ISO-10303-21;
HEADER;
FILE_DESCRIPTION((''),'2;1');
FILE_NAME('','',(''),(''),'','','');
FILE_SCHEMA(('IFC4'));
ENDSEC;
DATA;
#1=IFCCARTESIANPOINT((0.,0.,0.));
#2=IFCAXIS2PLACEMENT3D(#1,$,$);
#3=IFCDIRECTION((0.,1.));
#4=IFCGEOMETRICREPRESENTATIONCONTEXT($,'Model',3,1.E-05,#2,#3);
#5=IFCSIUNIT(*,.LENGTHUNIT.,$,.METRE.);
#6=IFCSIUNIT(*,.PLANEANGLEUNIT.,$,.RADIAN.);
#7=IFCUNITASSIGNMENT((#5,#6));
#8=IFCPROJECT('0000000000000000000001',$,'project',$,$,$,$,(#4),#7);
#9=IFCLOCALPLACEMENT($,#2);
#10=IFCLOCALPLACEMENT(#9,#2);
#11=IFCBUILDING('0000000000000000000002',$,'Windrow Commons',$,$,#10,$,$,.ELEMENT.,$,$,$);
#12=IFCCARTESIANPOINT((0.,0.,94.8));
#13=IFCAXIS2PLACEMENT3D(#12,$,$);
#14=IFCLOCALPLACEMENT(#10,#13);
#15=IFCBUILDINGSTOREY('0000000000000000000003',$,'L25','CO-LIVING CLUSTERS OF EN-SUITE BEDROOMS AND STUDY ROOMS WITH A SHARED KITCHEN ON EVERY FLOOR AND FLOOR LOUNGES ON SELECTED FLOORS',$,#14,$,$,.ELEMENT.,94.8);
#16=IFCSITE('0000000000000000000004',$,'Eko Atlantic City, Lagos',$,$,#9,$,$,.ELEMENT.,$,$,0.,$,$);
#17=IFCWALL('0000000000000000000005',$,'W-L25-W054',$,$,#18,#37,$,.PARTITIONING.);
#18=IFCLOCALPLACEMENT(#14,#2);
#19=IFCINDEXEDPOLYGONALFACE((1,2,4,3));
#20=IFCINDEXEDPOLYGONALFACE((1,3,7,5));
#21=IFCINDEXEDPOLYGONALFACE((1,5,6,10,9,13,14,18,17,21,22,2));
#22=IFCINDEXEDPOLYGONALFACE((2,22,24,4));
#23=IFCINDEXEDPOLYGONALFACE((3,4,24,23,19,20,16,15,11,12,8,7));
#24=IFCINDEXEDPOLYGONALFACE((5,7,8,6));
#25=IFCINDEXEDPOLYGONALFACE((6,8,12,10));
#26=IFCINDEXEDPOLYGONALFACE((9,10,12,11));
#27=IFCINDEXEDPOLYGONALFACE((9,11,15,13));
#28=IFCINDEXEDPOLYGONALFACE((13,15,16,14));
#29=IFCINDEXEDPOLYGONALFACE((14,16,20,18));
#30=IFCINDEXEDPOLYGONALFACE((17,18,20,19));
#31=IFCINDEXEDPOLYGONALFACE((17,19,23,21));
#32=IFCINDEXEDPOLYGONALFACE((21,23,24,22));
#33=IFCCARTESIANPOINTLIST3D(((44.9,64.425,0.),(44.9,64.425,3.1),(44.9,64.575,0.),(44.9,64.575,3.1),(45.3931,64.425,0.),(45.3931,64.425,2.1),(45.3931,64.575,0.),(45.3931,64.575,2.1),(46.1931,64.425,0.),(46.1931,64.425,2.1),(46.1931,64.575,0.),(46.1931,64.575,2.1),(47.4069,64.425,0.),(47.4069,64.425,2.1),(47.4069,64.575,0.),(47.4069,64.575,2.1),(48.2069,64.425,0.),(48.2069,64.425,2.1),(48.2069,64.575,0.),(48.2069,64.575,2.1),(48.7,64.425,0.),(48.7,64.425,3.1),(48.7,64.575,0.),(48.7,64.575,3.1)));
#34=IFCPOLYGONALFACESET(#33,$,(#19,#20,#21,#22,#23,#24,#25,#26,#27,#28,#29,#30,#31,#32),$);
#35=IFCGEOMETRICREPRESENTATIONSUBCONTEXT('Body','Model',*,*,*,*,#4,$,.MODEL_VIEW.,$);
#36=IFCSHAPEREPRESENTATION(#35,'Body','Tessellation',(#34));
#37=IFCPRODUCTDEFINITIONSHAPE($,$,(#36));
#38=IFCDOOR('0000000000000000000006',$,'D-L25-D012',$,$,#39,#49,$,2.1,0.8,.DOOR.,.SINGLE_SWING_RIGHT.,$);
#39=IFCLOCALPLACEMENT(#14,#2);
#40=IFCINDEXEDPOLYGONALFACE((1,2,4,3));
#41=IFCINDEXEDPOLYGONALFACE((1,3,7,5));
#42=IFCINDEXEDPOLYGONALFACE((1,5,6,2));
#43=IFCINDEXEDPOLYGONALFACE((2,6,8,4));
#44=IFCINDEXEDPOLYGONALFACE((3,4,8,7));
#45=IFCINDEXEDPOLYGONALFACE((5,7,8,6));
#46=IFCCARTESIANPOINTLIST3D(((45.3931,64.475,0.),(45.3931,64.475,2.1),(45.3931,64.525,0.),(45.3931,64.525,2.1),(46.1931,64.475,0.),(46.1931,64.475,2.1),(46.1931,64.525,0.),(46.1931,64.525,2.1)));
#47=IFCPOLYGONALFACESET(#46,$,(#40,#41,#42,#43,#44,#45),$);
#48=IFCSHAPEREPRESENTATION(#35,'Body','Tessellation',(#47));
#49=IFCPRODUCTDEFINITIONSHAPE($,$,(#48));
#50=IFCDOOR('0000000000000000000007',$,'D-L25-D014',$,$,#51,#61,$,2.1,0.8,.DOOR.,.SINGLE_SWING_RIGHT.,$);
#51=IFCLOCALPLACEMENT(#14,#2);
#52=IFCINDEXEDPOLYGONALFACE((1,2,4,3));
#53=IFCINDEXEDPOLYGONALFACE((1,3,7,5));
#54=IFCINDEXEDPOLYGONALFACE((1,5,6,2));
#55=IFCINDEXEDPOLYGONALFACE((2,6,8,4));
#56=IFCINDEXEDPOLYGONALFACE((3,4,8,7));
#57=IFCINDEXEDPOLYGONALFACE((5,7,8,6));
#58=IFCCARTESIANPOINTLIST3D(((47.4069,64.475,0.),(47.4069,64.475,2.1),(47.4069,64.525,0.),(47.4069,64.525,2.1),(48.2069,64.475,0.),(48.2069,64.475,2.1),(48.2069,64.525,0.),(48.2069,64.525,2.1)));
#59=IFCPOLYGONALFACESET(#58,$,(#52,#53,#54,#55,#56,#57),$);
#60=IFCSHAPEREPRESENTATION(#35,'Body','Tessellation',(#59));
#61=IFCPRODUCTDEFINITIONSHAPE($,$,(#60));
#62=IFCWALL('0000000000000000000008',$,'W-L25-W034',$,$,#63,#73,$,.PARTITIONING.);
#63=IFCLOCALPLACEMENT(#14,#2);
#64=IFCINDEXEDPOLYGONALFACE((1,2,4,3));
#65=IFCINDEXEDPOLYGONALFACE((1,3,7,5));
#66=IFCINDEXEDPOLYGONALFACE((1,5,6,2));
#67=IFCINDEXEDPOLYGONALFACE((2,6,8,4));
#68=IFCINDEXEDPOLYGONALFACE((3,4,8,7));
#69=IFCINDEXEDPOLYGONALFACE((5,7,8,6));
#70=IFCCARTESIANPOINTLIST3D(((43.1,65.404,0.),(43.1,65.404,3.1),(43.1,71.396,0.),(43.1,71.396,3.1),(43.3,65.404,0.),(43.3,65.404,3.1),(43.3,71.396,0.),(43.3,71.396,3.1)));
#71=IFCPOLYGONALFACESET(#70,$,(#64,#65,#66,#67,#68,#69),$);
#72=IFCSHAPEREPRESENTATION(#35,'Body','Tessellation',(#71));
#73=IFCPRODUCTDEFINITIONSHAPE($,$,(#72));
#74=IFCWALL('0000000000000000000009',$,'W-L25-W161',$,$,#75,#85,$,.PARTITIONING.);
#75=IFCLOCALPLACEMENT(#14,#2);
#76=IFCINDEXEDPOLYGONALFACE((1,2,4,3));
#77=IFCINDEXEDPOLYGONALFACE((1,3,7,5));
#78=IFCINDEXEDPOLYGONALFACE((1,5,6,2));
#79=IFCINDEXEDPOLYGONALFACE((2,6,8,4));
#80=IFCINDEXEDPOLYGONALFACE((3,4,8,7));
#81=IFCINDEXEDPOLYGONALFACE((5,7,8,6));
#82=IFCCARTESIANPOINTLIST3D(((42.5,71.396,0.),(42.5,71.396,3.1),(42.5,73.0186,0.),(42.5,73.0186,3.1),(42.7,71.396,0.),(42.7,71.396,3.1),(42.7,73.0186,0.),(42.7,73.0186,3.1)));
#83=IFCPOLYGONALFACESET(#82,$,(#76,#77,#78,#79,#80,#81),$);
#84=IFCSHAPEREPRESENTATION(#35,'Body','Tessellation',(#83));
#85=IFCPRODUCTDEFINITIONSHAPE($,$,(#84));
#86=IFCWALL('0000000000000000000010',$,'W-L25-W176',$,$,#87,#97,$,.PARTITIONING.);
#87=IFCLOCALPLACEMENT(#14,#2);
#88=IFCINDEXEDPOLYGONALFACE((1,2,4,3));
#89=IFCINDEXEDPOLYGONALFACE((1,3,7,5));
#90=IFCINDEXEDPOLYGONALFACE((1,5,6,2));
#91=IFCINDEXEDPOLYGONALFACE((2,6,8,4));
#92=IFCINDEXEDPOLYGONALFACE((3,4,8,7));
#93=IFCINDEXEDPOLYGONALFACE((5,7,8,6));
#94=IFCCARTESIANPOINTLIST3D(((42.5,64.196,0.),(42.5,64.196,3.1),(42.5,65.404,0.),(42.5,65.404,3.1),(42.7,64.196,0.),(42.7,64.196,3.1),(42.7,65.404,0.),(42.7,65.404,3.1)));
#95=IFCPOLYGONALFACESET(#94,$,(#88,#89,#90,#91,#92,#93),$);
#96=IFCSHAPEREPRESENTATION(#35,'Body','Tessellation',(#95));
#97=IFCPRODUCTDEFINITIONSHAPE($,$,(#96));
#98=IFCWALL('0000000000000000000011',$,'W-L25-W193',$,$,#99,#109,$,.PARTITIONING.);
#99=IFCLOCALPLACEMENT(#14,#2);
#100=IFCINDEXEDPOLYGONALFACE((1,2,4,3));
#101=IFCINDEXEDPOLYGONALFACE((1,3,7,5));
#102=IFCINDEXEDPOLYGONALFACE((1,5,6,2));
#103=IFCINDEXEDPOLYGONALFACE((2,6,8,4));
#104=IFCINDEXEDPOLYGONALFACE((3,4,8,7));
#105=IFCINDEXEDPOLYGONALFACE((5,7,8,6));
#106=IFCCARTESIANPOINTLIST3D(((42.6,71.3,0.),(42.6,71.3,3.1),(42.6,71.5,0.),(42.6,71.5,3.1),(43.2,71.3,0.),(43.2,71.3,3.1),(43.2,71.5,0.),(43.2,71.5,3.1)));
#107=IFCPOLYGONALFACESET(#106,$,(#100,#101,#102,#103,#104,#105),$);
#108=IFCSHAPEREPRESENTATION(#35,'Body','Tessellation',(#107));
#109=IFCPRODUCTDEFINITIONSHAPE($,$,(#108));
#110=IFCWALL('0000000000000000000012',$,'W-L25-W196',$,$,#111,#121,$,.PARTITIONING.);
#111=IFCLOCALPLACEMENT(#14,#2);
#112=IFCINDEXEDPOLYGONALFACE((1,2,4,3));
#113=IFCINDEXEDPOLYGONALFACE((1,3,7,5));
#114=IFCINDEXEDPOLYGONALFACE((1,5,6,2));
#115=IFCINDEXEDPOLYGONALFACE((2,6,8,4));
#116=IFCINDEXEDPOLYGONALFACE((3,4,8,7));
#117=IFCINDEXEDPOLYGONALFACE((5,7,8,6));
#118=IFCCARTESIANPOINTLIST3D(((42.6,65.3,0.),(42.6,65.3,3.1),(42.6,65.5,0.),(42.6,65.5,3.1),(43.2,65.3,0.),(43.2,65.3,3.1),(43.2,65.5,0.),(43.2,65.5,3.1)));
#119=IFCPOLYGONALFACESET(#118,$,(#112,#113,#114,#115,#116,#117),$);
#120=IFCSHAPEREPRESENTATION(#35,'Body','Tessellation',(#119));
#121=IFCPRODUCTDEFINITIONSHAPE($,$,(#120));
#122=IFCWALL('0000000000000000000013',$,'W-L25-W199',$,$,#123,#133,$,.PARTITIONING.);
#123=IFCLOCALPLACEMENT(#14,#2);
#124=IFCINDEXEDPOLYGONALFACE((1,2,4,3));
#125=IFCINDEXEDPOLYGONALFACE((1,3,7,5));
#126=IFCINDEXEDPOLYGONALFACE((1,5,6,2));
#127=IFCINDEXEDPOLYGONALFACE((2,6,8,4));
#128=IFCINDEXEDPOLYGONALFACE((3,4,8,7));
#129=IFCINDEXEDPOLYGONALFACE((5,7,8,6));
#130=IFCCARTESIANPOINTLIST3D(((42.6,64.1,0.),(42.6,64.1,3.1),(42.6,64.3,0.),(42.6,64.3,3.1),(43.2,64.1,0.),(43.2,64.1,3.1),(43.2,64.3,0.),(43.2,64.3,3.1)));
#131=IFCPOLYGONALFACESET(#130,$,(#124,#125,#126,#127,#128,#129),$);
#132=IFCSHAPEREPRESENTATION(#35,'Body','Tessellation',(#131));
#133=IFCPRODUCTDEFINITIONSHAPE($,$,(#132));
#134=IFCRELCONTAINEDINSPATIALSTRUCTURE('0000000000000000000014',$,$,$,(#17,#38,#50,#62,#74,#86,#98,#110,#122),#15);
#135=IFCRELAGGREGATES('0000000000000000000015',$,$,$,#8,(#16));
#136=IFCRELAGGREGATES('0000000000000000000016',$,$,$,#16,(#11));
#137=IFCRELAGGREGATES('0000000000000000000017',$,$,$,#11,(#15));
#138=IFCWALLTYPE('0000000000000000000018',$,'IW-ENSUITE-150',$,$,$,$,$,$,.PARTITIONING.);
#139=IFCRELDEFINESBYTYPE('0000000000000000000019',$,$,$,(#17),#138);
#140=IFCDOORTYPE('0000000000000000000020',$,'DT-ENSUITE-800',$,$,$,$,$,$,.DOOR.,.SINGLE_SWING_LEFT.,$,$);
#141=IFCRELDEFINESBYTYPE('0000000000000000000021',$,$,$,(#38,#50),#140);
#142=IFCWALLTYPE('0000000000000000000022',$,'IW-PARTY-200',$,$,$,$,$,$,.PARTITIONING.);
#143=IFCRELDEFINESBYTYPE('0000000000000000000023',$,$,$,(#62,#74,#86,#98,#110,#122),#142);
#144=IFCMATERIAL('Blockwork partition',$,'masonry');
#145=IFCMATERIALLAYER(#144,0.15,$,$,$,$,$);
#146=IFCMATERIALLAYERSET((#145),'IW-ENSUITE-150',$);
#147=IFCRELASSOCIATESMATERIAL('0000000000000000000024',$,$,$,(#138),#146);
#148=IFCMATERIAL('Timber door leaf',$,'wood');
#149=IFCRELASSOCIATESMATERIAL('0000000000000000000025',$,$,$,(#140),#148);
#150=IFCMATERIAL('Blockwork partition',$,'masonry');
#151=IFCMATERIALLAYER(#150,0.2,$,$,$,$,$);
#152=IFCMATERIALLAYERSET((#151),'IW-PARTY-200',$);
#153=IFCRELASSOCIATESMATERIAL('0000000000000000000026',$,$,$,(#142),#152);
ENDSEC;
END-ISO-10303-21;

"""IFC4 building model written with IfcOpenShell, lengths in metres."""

from ifc_helpers import new_model, si_unit, direction, frame, frame_2d, origin, place, context, subcontext, project, spatial, rectangle, extrude, material, layer, layer_set, type_object, element, fill, save


model = new_model("IFC4")

# Units and contexts
model_context = context("Model", 3, precision=1e-05, world=origin(), true_north=direction((0.0, 1.0)))
body_context = subcontext(model_context, "Body", "Model", "MODEL_VIEW")
ifc_project = project(units=[si_unit("LENGTHUNIT", "METRE"), si_unit("PLANEANGLEUNIT", "RADIAN")], contexts=[model_context])

# Site, building, storey
site_placement = place(None, origin())
site = spatial("IfcSite", under=ifc_project, at=site_placement, Name="Eko Atlantic City, Lagos", CompositionType="ELEMENT", RefElevation=0.0)
building_placement = place(site_placement, origin())
building = spatial("IfcBuilding", under=site, at=building_placement, Name="Windrow Commons", CompositionType="ELEMENT")
storey_placement = place(building_placement, frame((0.0, 0.0, 94.8)))
storey = spatial("IfcBuildingStorey", under=building, at=storey_placement, Name="L25", Description="CO-LIVING CLUSTERS OF EN-SUITE BEDROOMS AND STUDY ROOMS WITH A SHARED KITCHEN ON EVERY FLOOR AND FLOOR LOUNGES ON SELECTED FLOORS", CompositionType="ELEMENT", Elevation=94.8)

# Wall, openings, doors
ifc_material_1 = material(Name="Blockwork partition", Category="masonry")
ifc_layer_1 = layer(ifc_material_1, 0.15)
ifc_layer_set_1 = layer_set([ifc_layer_1], Name="IW-ENSUITE-150")
wall_type_1 = type_object("IfcWallType", Name="IW-ENSUITE-150", PredefinedType="PARTITIONING", material=ifc_layer_set_1)
wall_1_placement = place(storey_placement, frame((44.9, 64.5, 0.0), z_axis=(0.0, 0.0, 1.0), x_axis=(1.0, 0.0, 0.0)))
wall_1 = element("IfcWall", 1, at=wall_1_placement, inside=storey, type_object=wall_type_1, Name="W-L25-W054", PredefinedType="PARTITIONING", context=body_context, shape_type="SweptSolid", body=[
    extrude(rectangle(XDim=3.8, YDim=0.15, at=frame_2d((1.9, 0.0))), origin(), (0.0, 0.0, 1.0), 3.1),
])
opening_1_placement = place(wall_1_placement, frame((0.4931, 0.0, 0.0)))
opening_1 = element("IfcOpeningElement", 2, at=opening_1_placement, cuts=wall_1, PredefinedType="OPENING", context=body_context, shape_type="SweptSolid", body=[
    extrude(rectangle(XDim=0.8, YDim=2.1, at=frame_2d((0.4, 1.05))), frame((0.0, 0.085, 0.0), z_axis=(0.0, -1.0, 0.0), x_axis=(1.0, 0.0, 0.0)), (0.0, 0.0, 1.0), 0.17),
])
opening_2_placement = place(wall_1_placement, frame((2.5069, 0.0, 0.0)))
opening_2 = element("IfcOpeningElement", 3, at=opening_2_placement, cuts=wall_1, PredefinedType="OPENING", context=body_context, shape_type="SweptSolid", body=[
    extrude(rectangle(XDim=0.8, YDim=2.1, at=frame_2d((0.4, 1.05))), frame((0.0, 0.085, 0.0), z_axis=(0.0, -1.0, 0.0), x_axis=(1.0, 0.0, 0.0)), (0.0, 0.0, 1.0), 0.17),
])
ifc_material_2 = material(Name="Timber door leaf", Category="wood")
door_type = type_object("IfcDoorType", Name="DT-ENSUITE-800", OperationType="SINGLE_SWING_LEFT", PredefinedType="DOOR", material=ifc_material_2)
door_1_placement = place(opening_1_placement, origin())
door_1 = element("IfcDoor", 4, at=door_1_placement, inside=storey, type_object=door_type, Name="D-L25-D012", OperationType="SINGLE_SWING_RIGHT", OverallHeight=2.1, OverallWidth=0.8, PredefinedType="DOOR", context=body_context, shape_type="SweptSolid", body=[
    extrude(rectangle(XDim=0.8, YDim=2.1, at=frame_2d((0.4, 1.05))), frame((0.0, 0.025, 0.0), z_axis=(0.0, -1.0, 0.0), x_axis=(1.0, 0.0, 0.0)), (0.0, 0.0, 1.0), 0.05),
])
fill(opening_1, door_1)
door_2_placement = place(opening_2_placement, origin())
door_2 = element("IfcDoor", 5, at=door_2_placement, inside=storey, type_object=door_type, Name="D-L25-D014", OperationType="SINGLE_SWING_RIGHT", OverallHeight=2.1, OverallWidth=0.8, PredefinedType="DOOR", context=body_context, shape_type="SweptSolid", body=[
    extrude(rectangle(XDim=0.8, YDim=2.1, at=frame_2d((0.4, 1.05))), frame((0.0, 0.025, 0.0), z_axis=(0.0, -1.0, 0.0), x_axis=(1.0, 0.0, 0.0)), (0.0, 0.0, 1.0), 0.05),
])
fill(opening_2, door_2)

# Walls
ifc_material_3 = material(Name="Blockwork partition", Category="masonry")
ifc_layer_2 = layer(ifc_material_3, 0.2)
ifc_layer_set_2 = layer_set([ifc_layer_2], Name="IW-PARTY-200")
wall_type_2 = type_object("IfcWallType", Name="IW-PARTY-200", PredefinedType="PARTITIONING", material=ifc_layer_set_2)
wall_2_placement = place(storey_placement, frame((43.2, 65.404, 0.0), z_axis=(0.0, 0.0, 1.0), x_axis=(0.0, 1.0, 0.0)))
element("IfcWall", 6, at=wall_2_placement, inside=storey, type_object=wall_type_2, Name="W-L25-W034", PredefinedType="PARTITIONING", context=body_context, shape_type="SweptSolid", body=[
    extrude(rectangle(XDim=5.992, YDim=0.2, at=frame_2d((2.996, 0.0))), origin(), (0.0, 0.0, 1.0), 3.1),
])
wall_3_placement = place(storey_placement, frame((42.6, 71.396, 0.0), z_axis=(0.0, 0.0, 1.0), x_axis=(0.0, 1.0, 0.0)))
element("IfcWall", 7, at=wall_3_placement, inside=storey, type_object=wall_type_2, Name="W-L25-W161", PredefinedType="PARTITIONING", context=body_context, shape_type="SweptSolid", body=[
    extrude(rectangle(XDim=1.6225, YDim=0.2, at=frame_2d((0.8113, 0.0))), origin(), (0.0, 0.0, 1.0), 3.1),
])
wall_4_placement = place(storey_placement, frame((42.6, 64.196, 0.0), z_axis=(0.0, 0.0, 1.0), x_axis=(0.0, 1.0, 0.0)))
element("IfcWall", 8, at=wall_4_placement, inside=storey, type_object=wall_type_2, Name="W-L25-W176", PredefinedType="PARTITIONING", context=body_context, shape_type="SweptSolid", body=[
    extrude(rectangle(XDim=1.208, YDim=0.2, at=frame_2d((0.604, 0.0))), origin(), (0.0, 0.0, 1.0), 3.1),
])
for number, where, z_axis, x_axis, name in (
    (9, (42.6, 71.4, 0.0), (0.0, 0.0, 1.0), (1.0, 0.0, 0.0), "W-L25-W193"),
    (10, (42.6, 65.4, 0.0), (0.0, 0.0, 1.0), (1.0, 0.0, 0.0), "W-L25-W196"),
    (11, (42.6, 64.2, 0.0), (0.0, 0.0, 1.0), (1.0, 0.0, 0.0), "W-L25-W199"),
):
    element("IfcWall", number, at=place(storey_placement, frame(where, z_axis=z_axis, x_axis=x_axis)), inside=storey, type_object=wall_type_2, Name=name, PredefinedType="PARTITIONING", context=body_context, shape_type="SweptSolid", body=[
        extrude(rectangle(XDim=0.6, YDim=0.2, at=frame_2d((0.3, 0.0))), origin(), (0.0, 0.0, 1.0), 3.1),
    ])

save(model, "model.ifc")
